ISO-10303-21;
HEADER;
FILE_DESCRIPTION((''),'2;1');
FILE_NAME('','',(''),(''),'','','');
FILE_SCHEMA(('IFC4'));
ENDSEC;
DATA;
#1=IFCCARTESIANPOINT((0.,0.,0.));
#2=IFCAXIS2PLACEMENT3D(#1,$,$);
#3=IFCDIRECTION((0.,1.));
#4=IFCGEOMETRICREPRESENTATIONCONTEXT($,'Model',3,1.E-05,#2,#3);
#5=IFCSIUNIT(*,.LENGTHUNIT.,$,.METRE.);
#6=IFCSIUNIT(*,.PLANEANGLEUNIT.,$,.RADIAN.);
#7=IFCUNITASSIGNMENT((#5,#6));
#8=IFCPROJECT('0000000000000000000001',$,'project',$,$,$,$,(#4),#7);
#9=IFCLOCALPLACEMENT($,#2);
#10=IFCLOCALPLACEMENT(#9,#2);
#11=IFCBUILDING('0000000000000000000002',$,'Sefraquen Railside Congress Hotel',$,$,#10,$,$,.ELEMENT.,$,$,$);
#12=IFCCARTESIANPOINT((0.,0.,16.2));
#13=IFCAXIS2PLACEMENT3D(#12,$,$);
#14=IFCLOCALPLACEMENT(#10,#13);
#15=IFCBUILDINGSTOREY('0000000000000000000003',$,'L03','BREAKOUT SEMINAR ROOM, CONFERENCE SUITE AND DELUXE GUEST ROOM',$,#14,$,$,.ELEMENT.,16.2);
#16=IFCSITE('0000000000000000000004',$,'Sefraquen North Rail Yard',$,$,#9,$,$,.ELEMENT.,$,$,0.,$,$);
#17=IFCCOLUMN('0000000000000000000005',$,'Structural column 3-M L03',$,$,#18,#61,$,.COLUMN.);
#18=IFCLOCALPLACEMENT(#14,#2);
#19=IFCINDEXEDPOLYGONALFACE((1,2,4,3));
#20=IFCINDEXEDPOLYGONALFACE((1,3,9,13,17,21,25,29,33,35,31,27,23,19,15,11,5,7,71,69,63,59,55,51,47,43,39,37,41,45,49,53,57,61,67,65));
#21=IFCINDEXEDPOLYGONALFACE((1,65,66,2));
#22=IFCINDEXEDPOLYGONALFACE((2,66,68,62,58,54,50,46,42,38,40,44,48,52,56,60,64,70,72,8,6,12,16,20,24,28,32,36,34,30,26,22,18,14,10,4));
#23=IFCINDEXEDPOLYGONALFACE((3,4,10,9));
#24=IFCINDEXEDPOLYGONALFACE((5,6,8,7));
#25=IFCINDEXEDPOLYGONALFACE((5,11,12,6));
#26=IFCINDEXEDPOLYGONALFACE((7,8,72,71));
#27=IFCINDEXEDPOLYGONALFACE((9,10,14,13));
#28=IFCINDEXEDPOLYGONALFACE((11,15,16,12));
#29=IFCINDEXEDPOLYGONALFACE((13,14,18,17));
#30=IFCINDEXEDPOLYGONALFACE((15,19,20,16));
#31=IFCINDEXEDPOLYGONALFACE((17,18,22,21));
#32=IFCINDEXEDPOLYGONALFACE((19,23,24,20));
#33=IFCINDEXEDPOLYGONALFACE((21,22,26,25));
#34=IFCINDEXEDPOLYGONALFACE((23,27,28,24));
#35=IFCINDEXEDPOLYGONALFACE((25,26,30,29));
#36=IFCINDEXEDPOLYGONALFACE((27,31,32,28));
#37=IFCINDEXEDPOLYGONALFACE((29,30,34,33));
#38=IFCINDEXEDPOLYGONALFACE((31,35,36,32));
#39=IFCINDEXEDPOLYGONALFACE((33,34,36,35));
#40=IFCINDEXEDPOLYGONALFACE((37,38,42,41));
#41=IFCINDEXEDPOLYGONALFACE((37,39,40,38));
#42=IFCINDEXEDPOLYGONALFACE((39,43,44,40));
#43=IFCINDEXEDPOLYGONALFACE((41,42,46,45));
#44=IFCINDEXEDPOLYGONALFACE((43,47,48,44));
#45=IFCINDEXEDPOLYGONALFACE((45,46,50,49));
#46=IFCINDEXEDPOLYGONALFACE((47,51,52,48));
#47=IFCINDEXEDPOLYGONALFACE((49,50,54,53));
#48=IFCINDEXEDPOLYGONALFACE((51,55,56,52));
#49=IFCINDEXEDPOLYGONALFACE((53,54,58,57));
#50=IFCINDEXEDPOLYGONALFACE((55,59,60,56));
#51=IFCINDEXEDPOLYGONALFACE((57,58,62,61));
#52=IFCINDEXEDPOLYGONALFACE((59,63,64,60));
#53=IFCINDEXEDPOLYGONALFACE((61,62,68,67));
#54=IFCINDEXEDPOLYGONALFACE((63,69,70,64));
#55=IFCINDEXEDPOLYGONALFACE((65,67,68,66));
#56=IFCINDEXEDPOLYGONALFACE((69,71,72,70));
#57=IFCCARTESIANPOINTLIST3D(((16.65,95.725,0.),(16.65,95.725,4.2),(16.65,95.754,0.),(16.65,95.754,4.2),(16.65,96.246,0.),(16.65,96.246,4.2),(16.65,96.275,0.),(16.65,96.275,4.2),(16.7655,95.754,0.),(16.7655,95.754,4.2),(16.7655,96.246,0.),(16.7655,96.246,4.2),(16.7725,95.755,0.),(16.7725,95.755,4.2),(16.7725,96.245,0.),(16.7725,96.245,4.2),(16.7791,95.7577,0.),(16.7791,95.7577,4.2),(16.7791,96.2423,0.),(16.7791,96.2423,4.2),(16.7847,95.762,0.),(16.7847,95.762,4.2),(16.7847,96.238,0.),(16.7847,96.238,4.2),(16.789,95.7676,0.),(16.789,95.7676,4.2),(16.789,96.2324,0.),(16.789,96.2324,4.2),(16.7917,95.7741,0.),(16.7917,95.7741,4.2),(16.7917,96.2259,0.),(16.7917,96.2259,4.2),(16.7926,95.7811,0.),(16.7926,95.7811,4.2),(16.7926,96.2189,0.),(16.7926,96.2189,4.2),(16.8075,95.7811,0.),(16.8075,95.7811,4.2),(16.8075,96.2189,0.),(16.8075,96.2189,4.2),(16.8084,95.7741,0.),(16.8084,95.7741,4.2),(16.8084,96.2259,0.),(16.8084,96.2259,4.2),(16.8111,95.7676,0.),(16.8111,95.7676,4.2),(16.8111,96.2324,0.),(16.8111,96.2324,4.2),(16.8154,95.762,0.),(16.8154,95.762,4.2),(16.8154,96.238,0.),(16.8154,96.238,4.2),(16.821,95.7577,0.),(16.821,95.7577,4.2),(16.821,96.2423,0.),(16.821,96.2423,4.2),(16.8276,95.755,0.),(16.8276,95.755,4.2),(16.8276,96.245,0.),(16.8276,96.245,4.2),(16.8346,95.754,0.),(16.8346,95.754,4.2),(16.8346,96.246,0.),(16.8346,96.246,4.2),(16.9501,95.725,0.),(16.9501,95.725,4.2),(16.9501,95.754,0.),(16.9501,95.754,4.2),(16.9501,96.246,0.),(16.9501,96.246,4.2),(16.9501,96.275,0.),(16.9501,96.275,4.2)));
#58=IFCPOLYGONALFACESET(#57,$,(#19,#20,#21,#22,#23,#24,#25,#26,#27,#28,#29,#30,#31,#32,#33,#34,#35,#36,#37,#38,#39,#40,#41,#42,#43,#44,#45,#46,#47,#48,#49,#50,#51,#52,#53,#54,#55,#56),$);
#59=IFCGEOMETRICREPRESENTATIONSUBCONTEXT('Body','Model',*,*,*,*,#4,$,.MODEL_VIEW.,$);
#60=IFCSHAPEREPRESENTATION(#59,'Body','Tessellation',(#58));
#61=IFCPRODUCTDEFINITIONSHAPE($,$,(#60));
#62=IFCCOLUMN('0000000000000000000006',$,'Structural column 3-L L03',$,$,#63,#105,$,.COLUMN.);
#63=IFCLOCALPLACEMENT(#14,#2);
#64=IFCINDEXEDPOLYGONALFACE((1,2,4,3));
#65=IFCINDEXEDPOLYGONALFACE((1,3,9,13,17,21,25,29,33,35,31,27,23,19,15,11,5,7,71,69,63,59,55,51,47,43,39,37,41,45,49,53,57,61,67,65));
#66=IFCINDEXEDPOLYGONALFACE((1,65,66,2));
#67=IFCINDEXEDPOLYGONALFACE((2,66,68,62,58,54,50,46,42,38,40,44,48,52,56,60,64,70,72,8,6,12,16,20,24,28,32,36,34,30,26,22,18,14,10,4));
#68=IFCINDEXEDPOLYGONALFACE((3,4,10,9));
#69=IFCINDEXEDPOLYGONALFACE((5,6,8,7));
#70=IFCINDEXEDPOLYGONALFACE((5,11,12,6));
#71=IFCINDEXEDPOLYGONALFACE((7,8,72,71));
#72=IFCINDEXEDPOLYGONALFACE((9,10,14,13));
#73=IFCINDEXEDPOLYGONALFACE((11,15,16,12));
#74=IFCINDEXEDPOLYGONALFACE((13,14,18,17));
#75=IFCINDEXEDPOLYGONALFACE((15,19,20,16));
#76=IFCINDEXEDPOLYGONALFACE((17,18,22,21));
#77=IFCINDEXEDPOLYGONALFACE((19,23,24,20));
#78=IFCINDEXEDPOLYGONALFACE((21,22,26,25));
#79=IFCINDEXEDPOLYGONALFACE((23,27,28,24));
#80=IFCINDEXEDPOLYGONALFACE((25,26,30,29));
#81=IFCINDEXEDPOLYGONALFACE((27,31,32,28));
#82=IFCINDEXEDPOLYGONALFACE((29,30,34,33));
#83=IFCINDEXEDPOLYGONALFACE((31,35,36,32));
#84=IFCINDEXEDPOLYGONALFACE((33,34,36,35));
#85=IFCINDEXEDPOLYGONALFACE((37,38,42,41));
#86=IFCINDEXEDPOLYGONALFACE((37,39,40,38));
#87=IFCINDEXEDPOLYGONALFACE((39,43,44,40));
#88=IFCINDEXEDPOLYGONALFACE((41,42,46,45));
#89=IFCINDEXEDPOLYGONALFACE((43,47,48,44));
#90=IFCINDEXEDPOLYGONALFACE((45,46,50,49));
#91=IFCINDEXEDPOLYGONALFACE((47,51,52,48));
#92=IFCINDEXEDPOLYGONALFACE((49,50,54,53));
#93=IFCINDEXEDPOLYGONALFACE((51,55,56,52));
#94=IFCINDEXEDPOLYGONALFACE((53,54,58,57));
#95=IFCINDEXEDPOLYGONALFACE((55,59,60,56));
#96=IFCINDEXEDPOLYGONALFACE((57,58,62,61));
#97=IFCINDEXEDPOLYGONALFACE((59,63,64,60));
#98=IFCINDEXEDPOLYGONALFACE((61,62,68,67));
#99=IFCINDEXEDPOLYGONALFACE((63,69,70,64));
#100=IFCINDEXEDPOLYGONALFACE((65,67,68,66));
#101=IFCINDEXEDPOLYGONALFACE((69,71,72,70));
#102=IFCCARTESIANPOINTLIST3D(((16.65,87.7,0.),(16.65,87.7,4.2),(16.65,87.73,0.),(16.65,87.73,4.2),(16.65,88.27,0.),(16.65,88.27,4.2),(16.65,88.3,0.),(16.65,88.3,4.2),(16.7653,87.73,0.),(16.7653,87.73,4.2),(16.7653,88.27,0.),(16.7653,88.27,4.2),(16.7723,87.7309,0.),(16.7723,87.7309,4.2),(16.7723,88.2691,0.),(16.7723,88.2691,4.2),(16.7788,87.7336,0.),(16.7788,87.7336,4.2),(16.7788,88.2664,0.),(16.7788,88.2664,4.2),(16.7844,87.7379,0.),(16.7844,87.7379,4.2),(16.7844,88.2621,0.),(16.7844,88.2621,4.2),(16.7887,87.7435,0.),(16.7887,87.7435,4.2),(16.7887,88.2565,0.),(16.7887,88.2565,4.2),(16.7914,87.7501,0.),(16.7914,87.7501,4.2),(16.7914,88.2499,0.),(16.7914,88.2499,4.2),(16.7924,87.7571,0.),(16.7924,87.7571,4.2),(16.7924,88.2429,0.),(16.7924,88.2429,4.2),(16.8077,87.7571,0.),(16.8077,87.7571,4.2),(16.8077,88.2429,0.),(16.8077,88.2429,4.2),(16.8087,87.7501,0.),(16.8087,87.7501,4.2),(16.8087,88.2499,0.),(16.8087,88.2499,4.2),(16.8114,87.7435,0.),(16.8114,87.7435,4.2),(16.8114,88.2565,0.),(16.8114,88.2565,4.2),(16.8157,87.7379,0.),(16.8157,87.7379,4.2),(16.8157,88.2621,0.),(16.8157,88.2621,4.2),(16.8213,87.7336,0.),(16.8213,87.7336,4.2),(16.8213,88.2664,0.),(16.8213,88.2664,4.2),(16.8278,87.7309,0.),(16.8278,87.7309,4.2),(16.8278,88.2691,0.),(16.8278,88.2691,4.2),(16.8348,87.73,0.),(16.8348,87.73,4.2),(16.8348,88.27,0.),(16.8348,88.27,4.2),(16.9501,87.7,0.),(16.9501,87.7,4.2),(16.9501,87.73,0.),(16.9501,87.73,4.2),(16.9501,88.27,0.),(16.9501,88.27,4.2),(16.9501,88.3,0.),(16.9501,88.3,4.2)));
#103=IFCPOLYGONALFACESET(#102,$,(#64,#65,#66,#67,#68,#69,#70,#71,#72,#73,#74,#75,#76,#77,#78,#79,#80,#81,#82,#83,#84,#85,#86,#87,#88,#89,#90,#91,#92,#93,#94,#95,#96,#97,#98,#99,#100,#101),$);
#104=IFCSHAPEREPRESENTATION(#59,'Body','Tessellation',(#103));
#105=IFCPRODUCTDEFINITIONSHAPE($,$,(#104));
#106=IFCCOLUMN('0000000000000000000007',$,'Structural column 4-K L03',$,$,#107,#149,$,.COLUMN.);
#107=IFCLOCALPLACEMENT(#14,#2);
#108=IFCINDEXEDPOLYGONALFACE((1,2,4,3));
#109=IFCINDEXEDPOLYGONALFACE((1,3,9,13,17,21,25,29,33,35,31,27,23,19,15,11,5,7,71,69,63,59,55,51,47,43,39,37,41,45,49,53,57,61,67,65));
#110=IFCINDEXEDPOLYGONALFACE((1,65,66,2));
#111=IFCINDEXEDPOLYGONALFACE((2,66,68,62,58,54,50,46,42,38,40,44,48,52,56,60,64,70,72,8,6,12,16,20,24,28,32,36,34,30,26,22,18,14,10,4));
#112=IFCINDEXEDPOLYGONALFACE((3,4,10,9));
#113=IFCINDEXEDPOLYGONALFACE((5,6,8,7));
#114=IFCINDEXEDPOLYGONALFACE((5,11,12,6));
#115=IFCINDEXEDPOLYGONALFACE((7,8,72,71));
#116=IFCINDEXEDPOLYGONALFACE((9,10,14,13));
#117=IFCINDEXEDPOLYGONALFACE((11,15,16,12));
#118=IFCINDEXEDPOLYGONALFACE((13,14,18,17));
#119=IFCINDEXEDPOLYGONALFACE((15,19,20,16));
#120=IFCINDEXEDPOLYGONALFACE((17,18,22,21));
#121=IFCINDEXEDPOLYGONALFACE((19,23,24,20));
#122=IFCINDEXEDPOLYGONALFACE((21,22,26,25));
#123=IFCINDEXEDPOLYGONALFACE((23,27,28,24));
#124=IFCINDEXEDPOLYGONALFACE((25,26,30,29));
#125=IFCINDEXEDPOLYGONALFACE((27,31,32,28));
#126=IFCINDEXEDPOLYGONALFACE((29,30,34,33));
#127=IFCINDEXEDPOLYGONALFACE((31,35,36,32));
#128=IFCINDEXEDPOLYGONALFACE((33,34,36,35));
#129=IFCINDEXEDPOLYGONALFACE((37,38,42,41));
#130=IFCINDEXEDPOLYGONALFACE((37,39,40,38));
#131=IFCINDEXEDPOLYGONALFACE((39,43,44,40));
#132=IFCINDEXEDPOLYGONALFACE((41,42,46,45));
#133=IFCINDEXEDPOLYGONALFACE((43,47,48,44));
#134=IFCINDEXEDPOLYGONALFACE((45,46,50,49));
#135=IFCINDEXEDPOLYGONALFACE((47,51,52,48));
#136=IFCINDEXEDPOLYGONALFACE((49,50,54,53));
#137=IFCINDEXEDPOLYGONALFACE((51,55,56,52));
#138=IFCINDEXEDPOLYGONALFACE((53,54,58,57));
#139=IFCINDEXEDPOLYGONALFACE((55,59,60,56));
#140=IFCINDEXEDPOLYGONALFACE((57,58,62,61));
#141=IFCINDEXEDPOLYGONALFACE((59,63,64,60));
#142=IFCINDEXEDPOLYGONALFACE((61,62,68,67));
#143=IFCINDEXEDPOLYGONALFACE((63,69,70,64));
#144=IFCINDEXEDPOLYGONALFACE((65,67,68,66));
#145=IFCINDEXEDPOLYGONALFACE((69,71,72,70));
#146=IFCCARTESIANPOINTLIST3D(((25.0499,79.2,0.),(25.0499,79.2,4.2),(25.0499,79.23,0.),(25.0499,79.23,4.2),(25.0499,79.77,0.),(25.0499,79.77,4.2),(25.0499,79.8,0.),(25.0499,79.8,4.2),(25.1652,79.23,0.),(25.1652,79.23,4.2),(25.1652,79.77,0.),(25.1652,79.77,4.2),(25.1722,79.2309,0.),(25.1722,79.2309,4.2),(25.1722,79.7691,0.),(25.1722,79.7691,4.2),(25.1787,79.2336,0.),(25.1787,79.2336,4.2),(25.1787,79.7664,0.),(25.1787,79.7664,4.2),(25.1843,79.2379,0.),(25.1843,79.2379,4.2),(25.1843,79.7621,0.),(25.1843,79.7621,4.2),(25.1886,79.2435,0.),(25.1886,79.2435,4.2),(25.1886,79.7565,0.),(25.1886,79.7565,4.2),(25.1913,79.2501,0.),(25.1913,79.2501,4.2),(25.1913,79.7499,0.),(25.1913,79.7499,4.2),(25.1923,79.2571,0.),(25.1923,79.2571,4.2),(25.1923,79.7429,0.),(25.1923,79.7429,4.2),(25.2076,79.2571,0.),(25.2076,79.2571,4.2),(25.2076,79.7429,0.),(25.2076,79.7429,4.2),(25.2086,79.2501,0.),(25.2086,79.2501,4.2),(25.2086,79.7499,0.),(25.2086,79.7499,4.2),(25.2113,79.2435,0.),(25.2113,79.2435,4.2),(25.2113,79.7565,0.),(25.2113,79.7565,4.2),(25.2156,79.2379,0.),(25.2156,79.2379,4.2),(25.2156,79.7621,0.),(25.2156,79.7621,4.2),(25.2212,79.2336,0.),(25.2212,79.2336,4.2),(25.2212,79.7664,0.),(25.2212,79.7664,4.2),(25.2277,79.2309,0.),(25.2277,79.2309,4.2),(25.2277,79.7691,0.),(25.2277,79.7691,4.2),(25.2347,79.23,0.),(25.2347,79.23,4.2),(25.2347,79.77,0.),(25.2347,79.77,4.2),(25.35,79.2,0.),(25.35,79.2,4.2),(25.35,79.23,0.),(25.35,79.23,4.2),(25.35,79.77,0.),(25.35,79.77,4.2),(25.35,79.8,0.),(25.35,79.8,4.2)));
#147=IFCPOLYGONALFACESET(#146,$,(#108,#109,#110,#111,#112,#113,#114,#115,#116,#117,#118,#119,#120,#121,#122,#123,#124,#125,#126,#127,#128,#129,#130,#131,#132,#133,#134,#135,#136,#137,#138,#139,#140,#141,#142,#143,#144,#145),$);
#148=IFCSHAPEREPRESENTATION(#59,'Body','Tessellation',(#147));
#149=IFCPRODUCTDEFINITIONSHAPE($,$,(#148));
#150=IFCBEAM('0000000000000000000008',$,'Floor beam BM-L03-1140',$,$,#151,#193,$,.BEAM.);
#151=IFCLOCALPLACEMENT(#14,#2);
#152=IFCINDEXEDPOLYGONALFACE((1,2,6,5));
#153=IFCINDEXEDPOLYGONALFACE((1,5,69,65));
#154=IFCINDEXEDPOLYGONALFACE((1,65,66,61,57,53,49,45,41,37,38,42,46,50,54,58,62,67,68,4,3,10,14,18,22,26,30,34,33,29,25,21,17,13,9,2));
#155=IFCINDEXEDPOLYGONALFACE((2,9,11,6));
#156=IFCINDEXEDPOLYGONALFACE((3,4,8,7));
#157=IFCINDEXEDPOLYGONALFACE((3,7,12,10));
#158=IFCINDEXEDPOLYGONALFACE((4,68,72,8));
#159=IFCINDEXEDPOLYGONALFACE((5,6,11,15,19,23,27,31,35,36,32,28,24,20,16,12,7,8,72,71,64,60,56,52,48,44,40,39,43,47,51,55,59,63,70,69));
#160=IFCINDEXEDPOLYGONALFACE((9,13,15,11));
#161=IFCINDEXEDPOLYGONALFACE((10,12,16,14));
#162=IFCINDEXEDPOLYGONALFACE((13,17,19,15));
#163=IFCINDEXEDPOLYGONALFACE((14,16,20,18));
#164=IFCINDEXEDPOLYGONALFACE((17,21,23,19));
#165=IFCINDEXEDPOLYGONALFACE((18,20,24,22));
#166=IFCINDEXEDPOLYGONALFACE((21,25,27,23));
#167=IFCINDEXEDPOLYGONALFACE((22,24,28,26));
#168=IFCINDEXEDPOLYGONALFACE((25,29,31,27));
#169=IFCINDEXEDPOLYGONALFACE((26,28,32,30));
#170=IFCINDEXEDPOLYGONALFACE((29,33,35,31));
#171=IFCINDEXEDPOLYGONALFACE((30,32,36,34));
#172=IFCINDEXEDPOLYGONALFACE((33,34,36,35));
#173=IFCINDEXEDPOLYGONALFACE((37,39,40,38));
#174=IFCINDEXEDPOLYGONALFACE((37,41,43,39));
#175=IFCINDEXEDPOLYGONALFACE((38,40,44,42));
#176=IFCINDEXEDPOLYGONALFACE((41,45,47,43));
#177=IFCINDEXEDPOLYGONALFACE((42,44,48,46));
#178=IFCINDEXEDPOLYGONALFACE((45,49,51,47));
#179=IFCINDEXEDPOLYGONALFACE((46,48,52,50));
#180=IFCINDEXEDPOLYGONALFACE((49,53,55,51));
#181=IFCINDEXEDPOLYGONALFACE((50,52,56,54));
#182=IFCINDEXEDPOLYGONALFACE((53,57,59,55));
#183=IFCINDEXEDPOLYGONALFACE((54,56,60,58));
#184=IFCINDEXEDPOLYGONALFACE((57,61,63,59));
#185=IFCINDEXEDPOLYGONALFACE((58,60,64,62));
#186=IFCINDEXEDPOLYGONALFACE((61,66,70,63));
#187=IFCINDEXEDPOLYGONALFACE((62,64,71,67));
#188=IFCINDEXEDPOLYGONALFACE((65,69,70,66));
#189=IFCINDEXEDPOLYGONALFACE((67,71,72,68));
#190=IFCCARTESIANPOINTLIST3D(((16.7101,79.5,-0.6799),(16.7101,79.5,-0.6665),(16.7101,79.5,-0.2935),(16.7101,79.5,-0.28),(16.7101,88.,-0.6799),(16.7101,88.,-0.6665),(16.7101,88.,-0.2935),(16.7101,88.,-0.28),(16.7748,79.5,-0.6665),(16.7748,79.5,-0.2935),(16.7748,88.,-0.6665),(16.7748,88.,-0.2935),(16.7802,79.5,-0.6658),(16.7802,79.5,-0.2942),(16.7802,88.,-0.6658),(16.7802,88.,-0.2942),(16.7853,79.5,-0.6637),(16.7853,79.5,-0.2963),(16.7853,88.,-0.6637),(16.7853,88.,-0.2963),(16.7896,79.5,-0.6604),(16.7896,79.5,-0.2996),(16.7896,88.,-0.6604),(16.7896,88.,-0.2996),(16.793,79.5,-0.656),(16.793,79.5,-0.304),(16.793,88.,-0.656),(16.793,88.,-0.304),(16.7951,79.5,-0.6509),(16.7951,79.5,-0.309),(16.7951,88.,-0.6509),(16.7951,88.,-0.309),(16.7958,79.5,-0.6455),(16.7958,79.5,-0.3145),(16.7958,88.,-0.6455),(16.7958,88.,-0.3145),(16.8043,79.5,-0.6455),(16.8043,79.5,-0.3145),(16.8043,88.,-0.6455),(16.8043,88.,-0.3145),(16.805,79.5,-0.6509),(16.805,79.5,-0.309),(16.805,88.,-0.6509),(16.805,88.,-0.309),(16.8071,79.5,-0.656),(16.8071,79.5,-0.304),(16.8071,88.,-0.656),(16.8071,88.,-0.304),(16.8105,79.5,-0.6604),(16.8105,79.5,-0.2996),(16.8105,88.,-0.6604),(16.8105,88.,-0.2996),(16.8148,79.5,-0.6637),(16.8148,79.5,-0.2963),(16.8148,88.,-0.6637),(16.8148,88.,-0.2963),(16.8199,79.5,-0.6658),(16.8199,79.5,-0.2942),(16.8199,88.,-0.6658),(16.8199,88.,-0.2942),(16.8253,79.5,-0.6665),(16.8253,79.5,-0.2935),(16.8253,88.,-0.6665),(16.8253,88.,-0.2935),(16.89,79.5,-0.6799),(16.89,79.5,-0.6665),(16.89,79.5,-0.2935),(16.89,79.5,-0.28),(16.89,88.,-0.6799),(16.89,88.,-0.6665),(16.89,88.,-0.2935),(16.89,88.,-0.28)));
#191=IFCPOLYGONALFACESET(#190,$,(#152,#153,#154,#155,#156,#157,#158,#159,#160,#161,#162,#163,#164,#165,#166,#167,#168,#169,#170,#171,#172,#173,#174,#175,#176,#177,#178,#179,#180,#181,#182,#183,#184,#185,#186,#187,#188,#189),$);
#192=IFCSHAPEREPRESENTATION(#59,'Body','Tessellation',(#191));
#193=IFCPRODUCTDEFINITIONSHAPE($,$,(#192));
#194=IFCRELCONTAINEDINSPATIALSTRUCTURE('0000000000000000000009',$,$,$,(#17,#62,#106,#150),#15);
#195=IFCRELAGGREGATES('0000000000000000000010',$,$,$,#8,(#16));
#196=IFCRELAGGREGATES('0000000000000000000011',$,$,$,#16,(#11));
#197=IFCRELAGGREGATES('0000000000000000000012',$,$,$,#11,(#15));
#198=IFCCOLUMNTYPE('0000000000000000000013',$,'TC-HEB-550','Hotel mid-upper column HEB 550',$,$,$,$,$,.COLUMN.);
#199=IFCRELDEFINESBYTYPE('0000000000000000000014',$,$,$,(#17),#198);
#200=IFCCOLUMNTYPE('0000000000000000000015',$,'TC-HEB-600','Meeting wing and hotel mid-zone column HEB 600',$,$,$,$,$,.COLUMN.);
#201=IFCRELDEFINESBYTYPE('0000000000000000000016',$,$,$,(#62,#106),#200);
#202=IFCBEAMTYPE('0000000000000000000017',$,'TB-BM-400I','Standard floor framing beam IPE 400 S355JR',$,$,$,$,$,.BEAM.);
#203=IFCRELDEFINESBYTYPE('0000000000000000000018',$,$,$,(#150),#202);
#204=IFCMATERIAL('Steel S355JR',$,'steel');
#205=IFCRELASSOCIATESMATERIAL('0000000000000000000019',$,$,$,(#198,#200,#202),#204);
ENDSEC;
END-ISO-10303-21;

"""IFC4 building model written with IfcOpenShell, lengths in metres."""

from ifc_helpers import new_model, si_unit, direction, frame, origin, origin_2d, place, context, subcontext, project, spatial, i_section, extrude, material, material_profile, profile_set, type_object, element, save


model = new_model("IFC4")

# Units and contexts
model_context = context("Model", 3, precision=1e-05, world=origin(), true_north=direction((0.0, 1.0)))
body_context = subcontext(model_context, "Body", "Model", "MODEL_VIEW")
ifc_project = project(units=[si_unit("LENGTHUNIT", "METRE"), si_unit("PLANEANGLEUNIT", "RADIAN")], contexts=[model_context])

# Site, building, storey
site_placement = place(None, origin())
site = spatial("IfcSite", under=ifc_project, at=site_placement, Name="Sefraquen North Rail Yard", CompositionType="ELEMENT", RefElevation=0.0)
building_placement = place(site_placement, origin())
building = spatial("IfcBuilding", under=site, at=building_placement, Name="Sefraquen Railside Congress Hotel", CompositionType="ELEMENT")
storey_placement = place(building_placement, frame((0.0, 0.0, 16.2)))
storey = spatial("IfcBuildingStorey", under=building, at=storey_placement, Name="L03", Description="BREAKOUT SEMINAR ROOM, CONFERENCE SUITE AND DELUXE GUEST ROOM", CompositionType="ELEMENT", Elevation=16.2)

# Columns
ifc_material_1 = material(Name="Steel S355JR", Category="steel")
ifc_material_profile_1 = material_profile(ifc_material_1, i_section(OverallWidth=0.3, OverallDepth=0.55, WebThickness=0.0149, FlangeThickness=0.0291, FilletRadius=0.0271, at=origin_2d()), Name="HEB 550")
ifc_profile_set_1 = profile_set([ifc_material_profile_1], Name="Steel S355JR")
column_type_1 = type_object("IfcColumnType", Name="TC-HEB-550", Description="Hotel mid-upper column HEB 550", PredefinedType="COLUMN", material=ifc_profile_set_1)
column_placement = place(storey_placement, frame((16.8, 96.0, 0.0), z_axis=(0.0, 0.0, 1.0), x_axis=(1.0, 0.0, 0.0)))
element("IfcColumn", 1, at=column_placement, inside=storey, type_object=column_type_1, Name="Structural column 3-M L03", PredefinedType="COLUMN", context=body_context, shape_type="SweptSolid", body=[
    extrude(i_section(OverallWidth=0.3, OverallDepth=0.55, WebThickness=0.0149, FlangeThickness=0.0291, FilletRadius=0.0271, at=origin_2d()), origin(), (0.0, 0.0, 1.0), 4.2),
])
ifc_material_profile_2 = material_profile(ifc_material_1, i_section(OverallWidth=0.3, OverallDepth=0.6001, WebThickness=0.0154, FlangeThickness=0.03, FilletRadius=0.0271, at=origin_2d()), Name="HEB 600")
ifc_profile_set_2 = profile_set([ifc_material_profile_2], Name="Steel S355JR")
column_type_2 = type_object("IfcColumnType", Name="TC-HEB-600", Description="Meeting wing and hotel mid-zone column HEB 600", PredefinedType="COLUMN", material=ifc_profile_set_2)
for number, where, z_axis, x_axis, name in (
    (2, (16.8, 88.0, 0.0), (0.0, 0.0, 1.0), (1.0, 0.0, 0.0), "Structural column 3-L L03"),
    (3, (25.2, 79.5, 0.0), (0.0, 0.0, 1.0), (1.0, 0.0, 0.0), "Structural column 4-K L03"),
):
    element("IfcColumn", number, at=place(storey_placement, frame(where, z_axis=z_axis, x_axis=x_axis)), inside=storey, type_object=column_type_2, Name=name, PredefinedType="COLUMN", context=body_context, shape_type="SweptSolid", body=[
        extrude(i_section(OverallWidth=0.3, OverallDepth=0.6001, WebThickness=0.0154, FlangeThickness=0.03, FilletRadius=0.0271, at=origin_2d()), origin(), (0.0, 0.0, 1.0), 4.2),
    ])

# Beam
ifc_material_profile_3 = material_profile(ifc_material_1, i_section(OverallWidth=0.1799, OverallDepth=0.3999, WebThickness=0.0085, FlangeThickness=0.0134, FilletRadius=0.021, at=origin_2d()), Name="IPE 400")
ifc_profile_set_3 = profile_set([ifc_material_profile_3], Name="Steel S355JR")
beam_type_1 = type_object("IfcBeamType", Name="TB-BM-400I", Description="Standard floor framing beam IPE 400 S355JR", PredefinedType="BEAM", material=ifc_profile_set_3)
beam_1_placement = place(storey_placement, frame((16.8, 79.5, -0.48), z_axis=(0.0, 1.0, 0.0), x_axis=(-1.0, 0.0, 0.0)))
element("IfcBeam", 4, at=beam_1_placement, inside=storey, type_object=beam_type_1, Name="Floor beam BM-L03-1140", PredefinedType="BEAM", context=body_context, shape_type="SweptSolid", body=[
    extrude(i_section(OverallWidth=0.1799, OverallDepth=0.3999, WebThickness=0.0085, FlangeThickness=0.0134, FilletRadius=0.021, at=origin_2d()), origin(), (0.0, 0.0, 1.0), 8.5),
])

save(model, "model.ifc")
